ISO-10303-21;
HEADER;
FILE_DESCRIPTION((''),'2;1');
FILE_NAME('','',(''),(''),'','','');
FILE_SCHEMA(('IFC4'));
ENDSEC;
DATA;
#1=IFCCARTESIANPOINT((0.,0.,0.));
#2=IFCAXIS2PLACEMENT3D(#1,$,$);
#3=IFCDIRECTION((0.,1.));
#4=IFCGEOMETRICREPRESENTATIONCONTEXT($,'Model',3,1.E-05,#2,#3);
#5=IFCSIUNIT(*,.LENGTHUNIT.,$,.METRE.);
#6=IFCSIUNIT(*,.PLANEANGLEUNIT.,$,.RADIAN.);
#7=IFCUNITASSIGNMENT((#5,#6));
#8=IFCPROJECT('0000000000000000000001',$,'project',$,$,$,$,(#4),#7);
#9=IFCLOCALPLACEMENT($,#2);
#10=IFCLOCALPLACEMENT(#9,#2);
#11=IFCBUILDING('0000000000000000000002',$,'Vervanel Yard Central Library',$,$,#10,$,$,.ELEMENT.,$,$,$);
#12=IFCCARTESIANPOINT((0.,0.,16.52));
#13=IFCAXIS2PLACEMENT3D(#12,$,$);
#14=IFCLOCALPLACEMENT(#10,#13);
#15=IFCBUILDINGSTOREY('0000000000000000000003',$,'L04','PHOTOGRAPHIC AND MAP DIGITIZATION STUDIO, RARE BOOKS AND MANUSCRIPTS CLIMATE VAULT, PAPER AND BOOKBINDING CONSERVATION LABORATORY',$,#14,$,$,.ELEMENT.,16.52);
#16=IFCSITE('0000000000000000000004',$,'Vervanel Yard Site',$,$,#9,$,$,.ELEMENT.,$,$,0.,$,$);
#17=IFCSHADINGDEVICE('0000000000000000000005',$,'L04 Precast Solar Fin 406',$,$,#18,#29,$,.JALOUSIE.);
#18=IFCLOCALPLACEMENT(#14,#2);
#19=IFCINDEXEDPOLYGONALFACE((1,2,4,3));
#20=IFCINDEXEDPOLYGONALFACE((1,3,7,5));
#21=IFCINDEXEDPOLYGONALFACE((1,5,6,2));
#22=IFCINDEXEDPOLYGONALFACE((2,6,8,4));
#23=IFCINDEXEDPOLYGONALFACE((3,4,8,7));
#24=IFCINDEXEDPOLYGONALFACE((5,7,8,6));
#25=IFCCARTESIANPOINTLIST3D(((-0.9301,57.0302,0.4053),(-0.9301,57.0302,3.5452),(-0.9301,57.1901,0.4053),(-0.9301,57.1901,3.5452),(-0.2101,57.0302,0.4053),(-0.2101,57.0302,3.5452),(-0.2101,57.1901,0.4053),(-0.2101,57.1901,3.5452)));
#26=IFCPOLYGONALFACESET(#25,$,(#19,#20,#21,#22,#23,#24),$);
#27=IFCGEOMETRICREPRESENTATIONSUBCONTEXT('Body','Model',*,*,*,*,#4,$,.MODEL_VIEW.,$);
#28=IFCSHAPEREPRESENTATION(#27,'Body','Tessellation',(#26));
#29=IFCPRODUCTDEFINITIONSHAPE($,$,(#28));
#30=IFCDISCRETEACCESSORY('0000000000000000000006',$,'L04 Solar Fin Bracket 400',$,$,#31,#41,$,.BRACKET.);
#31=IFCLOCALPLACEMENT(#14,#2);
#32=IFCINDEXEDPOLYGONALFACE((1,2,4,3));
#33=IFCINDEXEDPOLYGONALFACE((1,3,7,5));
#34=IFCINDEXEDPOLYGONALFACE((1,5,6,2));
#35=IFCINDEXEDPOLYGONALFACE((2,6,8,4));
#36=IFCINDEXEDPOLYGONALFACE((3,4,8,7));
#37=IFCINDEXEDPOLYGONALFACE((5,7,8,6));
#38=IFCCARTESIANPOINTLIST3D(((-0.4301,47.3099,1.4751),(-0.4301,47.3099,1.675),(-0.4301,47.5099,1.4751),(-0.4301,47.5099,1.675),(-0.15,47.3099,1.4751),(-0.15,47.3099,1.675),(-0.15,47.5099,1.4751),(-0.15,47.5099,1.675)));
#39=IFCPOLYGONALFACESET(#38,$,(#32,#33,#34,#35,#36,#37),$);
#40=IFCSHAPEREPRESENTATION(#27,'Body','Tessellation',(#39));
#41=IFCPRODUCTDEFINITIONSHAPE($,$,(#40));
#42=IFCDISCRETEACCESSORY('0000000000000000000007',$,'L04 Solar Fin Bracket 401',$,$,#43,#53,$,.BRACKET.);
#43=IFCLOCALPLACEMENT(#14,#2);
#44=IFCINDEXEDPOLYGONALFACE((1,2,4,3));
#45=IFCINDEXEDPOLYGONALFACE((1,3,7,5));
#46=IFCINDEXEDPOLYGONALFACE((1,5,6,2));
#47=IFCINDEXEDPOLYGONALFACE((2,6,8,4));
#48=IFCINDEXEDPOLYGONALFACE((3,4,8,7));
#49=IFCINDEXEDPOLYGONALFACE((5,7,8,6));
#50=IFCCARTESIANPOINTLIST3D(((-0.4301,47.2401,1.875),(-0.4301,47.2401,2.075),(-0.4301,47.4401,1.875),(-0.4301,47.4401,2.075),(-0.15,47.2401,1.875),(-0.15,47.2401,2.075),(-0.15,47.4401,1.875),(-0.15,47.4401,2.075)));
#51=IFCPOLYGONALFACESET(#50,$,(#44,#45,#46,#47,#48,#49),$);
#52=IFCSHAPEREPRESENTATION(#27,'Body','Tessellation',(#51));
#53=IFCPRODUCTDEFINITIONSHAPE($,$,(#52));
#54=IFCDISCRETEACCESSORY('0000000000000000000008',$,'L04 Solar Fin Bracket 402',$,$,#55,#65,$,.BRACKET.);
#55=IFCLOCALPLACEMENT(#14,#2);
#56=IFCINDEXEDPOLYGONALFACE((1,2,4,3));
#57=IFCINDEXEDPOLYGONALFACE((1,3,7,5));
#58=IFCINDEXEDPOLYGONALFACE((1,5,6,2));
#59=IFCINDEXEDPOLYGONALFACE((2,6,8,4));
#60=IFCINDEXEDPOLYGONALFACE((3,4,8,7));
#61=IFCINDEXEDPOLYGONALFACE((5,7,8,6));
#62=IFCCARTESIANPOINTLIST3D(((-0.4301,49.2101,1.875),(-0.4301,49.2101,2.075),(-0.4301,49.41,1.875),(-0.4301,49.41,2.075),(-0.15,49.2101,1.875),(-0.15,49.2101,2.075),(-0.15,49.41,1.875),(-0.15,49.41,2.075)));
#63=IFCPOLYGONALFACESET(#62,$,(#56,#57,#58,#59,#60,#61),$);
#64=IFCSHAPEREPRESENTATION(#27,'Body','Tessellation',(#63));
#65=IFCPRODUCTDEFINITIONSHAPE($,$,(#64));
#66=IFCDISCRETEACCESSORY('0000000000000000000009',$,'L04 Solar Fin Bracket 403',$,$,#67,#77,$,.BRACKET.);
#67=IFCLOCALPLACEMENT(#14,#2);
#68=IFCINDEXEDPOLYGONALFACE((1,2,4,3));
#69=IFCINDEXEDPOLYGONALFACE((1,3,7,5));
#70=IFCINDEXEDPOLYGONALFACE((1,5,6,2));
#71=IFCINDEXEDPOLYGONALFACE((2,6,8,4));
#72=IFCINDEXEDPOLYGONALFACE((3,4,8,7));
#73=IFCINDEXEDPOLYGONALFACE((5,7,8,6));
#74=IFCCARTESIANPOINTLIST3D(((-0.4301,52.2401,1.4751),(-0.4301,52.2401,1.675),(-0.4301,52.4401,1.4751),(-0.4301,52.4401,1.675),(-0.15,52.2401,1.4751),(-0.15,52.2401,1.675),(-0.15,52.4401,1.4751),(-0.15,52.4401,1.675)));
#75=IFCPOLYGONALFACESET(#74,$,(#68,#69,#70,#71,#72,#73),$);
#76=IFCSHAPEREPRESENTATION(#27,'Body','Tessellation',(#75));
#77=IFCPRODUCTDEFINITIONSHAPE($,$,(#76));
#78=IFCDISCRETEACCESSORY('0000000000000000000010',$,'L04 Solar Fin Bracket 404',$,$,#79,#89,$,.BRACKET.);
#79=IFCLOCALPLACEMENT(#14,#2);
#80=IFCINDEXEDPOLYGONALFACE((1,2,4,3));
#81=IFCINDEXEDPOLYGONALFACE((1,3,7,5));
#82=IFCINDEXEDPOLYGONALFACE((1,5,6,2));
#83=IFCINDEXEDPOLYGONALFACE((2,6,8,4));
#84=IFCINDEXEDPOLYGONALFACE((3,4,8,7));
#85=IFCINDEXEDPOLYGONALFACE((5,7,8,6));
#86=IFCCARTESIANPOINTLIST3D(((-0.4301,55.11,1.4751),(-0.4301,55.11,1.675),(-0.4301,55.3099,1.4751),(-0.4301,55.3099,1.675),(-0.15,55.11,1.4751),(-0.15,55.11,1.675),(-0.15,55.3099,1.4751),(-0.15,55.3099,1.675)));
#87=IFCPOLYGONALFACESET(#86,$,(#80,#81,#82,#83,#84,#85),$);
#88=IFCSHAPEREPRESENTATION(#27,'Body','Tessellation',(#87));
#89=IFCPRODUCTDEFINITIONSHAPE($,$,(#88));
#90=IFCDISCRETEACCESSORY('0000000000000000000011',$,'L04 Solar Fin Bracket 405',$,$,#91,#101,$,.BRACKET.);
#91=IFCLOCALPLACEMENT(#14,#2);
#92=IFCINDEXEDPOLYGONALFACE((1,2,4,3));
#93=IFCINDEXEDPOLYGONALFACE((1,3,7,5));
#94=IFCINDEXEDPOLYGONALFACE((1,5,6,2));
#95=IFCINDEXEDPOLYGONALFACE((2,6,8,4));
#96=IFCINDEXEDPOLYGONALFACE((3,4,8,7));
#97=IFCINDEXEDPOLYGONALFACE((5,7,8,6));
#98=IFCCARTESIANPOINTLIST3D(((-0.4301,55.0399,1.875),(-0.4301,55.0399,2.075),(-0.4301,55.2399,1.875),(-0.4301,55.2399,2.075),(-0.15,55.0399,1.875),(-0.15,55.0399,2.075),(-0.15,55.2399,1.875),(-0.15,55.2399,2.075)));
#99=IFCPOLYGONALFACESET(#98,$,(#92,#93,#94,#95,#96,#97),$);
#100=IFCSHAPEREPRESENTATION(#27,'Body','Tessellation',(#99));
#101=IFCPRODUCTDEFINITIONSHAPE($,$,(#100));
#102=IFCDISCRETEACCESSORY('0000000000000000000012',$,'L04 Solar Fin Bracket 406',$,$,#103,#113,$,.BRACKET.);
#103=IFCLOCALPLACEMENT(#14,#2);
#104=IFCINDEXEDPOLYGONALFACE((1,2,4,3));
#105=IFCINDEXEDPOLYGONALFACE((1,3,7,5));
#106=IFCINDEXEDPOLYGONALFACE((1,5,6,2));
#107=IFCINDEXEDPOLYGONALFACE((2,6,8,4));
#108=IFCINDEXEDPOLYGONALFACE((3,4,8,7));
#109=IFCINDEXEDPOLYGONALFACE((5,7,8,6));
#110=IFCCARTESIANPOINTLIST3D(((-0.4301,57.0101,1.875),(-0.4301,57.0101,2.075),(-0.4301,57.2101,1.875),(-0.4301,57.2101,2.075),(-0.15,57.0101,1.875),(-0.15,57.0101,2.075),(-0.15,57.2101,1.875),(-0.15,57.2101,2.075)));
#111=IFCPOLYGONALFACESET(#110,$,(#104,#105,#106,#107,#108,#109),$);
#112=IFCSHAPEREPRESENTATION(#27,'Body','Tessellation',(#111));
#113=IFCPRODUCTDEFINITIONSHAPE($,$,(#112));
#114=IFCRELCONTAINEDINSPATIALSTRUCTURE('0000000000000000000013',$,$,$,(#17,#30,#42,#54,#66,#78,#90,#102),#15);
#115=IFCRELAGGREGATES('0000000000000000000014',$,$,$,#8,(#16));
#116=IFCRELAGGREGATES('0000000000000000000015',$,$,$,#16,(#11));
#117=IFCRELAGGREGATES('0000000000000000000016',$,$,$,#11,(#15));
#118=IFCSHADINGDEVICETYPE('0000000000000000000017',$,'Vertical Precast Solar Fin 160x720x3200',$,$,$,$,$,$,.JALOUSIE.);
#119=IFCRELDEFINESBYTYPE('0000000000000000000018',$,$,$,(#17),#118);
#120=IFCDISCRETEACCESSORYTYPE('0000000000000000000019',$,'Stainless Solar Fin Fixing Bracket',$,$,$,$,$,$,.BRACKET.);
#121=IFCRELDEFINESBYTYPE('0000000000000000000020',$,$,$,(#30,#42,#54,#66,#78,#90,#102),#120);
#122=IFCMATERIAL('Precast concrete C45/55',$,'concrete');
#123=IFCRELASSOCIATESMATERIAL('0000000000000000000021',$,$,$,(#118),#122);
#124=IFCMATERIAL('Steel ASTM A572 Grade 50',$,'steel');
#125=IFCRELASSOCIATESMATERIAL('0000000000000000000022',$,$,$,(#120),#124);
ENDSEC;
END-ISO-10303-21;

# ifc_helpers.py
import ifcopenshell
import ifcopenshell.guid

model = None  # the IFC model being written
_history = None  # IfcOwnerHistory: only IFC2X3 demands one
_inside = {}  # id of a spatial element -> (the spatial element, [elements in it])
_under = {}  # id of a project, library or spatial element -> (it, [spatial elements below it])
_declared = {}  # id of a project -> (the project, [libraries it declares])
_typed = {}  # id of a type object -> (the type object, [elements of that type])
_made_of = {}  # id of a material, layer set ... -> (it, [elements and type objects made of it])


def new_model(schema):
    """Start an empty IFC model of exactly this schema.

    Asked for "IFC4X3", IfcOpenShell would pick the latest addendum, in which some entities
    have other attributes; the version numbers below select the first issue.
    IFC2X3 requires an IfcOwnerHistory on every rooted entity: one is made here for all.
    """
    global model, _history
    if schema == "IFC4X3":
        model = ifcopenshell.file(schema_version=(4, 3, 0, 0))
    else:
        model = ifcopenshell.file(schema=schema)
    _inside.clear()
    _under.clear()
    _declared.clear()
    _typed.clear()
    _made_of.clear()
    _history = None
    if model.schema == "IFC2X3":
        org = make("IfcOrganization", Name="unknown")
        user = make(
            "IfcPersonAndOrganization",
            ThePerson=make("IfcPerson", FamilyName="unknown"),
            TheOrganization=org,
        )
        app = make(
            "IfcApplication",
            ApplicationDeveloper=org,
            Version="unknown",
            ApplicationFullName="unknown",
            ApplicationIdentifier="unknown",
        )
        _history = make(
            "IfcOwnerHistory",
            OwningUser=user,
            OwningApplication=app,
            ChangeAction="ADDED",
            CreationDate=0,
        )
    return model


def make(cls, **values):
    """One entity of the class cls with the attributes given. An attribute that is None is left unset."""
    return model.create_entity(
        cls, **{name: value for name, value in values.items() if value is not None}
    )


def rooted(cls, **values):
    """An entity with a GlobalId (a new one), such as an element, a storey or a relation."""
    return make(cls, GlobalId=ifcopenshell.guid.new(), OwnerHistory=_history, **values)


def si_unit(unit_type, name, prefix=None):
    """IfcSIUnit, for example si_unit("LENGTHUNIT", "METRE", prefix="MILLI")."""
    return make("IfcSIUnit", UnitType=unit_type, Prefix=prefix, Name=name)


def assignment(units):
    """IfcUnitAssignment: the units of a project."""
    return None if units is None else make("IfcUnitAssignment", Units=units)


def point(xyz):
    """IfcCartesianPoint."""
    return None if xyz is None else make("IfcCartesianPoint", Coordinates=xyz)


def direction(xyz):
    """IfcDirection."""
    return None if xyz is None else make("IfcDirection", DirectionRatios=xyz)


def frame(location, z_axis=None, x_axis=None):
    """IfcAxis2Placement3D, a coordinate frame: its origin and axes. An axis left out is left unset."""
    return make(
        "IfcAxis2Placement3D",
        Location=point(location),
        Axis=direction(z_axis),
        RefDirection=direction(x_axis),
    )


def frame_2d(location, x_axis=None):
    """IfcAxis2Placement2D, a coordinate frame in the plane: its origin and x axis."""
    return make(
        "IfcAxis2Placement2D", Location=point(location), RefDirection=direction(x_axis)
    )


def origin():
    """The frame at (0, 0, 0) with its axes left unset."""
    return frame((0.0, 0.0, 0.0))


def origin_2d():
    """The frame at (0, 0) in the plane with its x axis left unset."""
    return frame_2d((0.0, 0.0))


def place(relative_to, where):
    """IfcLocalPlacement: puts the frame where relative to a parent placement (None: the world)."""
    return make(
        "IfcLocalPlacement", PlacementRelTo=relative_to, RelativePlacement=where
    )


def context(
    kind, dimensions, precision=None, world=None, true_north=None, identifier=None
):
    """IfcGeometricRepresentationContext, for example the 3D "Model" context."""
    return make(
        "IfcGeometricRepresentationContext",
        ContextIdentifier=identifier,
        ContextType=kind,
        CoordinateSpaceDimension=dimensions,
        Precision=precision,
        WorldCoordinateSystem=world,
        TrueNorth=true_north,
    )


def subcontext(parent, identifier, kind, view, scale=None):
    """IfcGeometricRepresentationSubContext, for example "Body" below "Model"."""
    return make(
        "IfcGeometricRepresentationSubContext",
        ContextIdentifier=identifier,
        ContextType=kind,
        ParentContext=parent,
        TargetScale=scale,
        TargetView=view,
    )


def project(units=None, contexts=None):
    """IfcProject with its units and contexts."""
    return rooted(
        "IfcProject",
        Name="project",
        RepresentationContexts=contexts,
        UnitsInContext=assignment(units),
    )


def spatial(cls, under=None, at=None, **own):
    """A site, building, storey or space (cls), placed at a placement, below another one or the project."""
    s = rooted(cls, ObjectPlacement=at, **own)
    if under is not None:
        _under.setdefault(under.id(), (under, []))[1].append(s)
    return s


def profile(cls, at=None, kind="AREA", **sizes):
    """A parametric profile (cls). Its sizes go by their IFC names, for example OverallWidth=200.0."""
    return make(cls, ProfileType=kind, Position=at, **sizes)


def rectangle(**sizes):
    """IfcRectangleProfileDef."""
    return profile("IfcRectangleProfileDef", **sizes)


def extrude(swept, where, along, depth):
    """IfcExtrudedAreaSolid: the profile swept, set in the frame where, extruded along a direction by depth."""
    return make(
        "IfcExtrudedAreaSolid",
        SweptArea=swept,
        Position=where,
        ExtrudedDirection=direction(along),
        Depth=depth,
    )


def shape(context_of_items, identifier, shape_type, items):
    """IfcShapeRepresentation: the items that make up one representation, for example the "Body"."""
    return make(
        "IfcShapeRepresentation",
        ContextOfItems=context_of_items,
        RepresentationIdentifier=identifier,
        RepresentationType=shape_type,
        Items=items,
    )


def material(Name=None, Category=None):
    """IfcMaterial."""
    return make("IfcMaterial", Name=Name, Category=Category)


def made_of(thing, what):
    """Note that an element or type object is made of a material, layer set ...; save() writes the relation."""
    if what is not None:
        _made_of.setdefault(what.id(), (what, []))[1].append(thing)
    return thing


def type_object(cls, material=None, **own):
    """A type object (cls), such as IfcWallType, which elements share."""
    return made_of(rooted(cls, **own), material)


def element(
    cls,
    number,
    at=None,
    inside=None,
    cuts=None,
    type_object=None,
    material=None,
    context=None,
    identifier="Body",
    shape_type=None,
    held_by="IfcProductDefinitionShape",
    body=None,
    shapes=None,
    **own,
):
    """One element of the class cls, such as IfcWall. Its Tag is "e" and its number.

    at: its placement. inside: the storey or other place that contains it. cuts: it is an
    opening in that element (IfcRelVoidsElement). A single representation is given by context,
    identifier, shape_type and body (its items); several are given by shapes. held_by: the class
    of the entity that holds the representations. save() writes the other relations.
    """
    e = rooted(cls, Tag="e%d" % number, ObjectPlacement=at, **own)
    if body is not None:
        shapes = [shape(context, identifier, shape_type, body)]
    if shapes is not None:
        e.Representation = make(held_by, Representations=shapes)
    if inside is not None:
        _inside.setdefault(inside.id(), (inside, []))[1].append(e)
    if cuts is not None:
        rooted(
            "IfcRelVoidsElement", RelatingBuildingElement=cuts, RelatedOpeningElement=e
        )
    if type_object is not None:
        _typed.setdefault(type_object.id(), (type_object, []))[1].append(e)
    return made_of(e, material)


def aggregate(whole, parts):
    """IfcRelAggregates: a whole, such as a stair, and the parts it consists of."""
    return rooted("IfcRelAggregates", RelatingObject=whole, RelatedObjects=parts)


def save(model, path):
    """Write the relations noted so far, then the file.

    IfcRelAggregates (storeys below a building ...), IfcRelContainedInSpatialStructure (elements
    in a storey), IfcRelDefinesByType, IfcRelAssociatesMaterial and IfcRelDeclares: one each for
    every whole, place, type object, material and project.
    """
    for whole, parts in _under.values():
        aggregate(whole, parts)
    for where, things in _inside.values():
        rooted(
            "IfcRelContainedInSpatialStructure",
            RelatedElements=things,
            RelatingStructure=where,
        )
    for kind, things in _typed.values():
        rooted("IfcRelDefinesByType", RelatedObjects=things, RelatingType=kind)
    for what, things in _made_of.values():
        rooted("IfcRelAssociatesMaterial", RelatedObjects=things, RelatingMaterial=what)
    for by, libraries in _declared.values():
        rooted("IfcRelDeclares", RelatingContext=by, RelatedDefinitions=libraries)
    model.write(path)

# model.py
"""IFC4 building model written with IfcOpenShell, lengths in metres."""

from ifc_helpers import new_model, si_unit, direction, frame, origin, origin_2d, place, context, subcontext, project, spatial, rectangle, extrude, material, type_object, element, save


model = new_model("IFC4")

# Units and contexts
model_context = context("Model", 3, precision=1e-05, world=origin(), true_north=direction((0.0, 1.0)))
body_context = subcontext(model_context, "Body", "Model", "MODEL_VIEW")
ifc_project = project(units=[si_unit("LENGTHUNIT", "METRE"), si_unit("PLANEANGLEUNIT", "RADIAN")], contexts=[model_context])

# Site, building, storey
site_placement = place(None, origin())
site = spatial("IfcSite", under=ifc_project, at=site_placement, Name="Vervanel Yard Site", CompositionType="ELEMENT", RefElevation=0.0)
building_placement = place(site_placement, origin())
building = spatial("IfcBuilding", under=site, at=building_placement, Name="Vervanel Yard Central Library", CompositionType="ELEMENT")
storey_placement = place(building_placement, frame((0.0, 0.0, 16.52)))
storey = spatial("IfcBuildingStorey", under=building, at=storey_placement, Name="L04", Description="PHOTOGRAPHIC AND MAP DIGITIZATION STUDIO, RARE BOOKS AND MANUSCRIPTS CLIMATE VAULT, PAPER AND BOOKBINDING CONSERVATION LABORATORY", CompositionType="ELEMENT", Elevation=16.52)

# Shared definitions
ifc_material_1 = material(Name="Precast concrete C45/55", Category="concrete")

# Shading device
shading_device_type = type_object("IfcShadingDeviceType", Name="Vertical Precast Solar Fin 160x720x3200", PredefinedType="JALOUSIE", material=ifc_material_1)
for number, where, z_axis, x_axis, name in (
    (1, (-0.5701, 57.1101, 0.4053), (0.0, 0.0, 1.0), (0.0, 1.0, 0.0), "L04 Precast Solar Fin 406"),
):
    element("IfcShadingDevice", number, at=place(storey_placement, frame(where, z_axis=z_axis, x_axis=x_axis)), inside=storey, type_object=shading_device_type, Name=name, PredefinedType="JALOUSIE", context=body_context, shape_type="SweptSolid", body=[
        extrude(rectangle(XDim=0.1599, YDim=0.72, at=origin_2d()), origin(), (0.0, 0.0, 1.0), 3.1399),
    ])

# Discrete accessories
ifc_material_2 = material(Name="Steel ASTM A572 Grade 50", Category="steel")
discrete_accessory_type = type_object("IfcDiscreteAccessoryType", Name="Stainless Solar Fin Fixing Bracket", PredefinedType="BRACKET", material=ifc_material_2)
for number, where, z_axis, x_axis, name in (
    (2, (-0.29, 47.4099, 1.4751), (0.0, 0.0, 1.0), (0.0, 1.0, 0.0), "L04 Solar Fin Bracket 400"),
    (3, (-0.29, 47.3401, 1.875), (0.0, 0.0, 1.0), (0.0, 1.0, 0.0), "L04 Solar Fin Bracket 401"),
    (4, (-0.29, 49.3101, 1.875), (0.0, 0.0, 1.0), (0.0, 1.0, 0.0), "L04 Solar Fin Bracket 402"),
    (5, (-0.29, 52.3401, 1.4751), (0.0, 0.0, 1.0), (0.0, 1.0, 0.0), "L04 Solar Fin Bracket 403"),
    (6, (-0.29, 55.21, 1.4751), (0.0, 0.0, 1.0), (0.0, 1.0, 0.0), "L04 Solar Fin Bracket 404"),
    (7, (-0.29, 55.1399, 1.875), (0.0, 0.0, 1.0), (0.0, 1.0, 0.0), "L04 Solar Fin Bracket 405"),
    (8, (-0.29, 57.1101, 1.875), (0.0, 0.0, 1.0), (0.0, 1.0, 0.0), "L04 Solar Fin Bracket 406"),
):
    element("IfcDiscreteAccessory", number, at=place(storey_placement, frame(where, z_axis=z_axis, x_axis=x_axis)), inside=storey, type_object=discrete_accessory_type, Name=name, PredefinedType="BRACKET", context=body_context, shape_type="SweptSolid", body=[
        extrude(rectangle(XDim=0.2, YDim=0.28, at=origin_2d()), origin(), (0.0, 0.0, 1.0), 0.2),
    ])

save(model, "model.ifc")
